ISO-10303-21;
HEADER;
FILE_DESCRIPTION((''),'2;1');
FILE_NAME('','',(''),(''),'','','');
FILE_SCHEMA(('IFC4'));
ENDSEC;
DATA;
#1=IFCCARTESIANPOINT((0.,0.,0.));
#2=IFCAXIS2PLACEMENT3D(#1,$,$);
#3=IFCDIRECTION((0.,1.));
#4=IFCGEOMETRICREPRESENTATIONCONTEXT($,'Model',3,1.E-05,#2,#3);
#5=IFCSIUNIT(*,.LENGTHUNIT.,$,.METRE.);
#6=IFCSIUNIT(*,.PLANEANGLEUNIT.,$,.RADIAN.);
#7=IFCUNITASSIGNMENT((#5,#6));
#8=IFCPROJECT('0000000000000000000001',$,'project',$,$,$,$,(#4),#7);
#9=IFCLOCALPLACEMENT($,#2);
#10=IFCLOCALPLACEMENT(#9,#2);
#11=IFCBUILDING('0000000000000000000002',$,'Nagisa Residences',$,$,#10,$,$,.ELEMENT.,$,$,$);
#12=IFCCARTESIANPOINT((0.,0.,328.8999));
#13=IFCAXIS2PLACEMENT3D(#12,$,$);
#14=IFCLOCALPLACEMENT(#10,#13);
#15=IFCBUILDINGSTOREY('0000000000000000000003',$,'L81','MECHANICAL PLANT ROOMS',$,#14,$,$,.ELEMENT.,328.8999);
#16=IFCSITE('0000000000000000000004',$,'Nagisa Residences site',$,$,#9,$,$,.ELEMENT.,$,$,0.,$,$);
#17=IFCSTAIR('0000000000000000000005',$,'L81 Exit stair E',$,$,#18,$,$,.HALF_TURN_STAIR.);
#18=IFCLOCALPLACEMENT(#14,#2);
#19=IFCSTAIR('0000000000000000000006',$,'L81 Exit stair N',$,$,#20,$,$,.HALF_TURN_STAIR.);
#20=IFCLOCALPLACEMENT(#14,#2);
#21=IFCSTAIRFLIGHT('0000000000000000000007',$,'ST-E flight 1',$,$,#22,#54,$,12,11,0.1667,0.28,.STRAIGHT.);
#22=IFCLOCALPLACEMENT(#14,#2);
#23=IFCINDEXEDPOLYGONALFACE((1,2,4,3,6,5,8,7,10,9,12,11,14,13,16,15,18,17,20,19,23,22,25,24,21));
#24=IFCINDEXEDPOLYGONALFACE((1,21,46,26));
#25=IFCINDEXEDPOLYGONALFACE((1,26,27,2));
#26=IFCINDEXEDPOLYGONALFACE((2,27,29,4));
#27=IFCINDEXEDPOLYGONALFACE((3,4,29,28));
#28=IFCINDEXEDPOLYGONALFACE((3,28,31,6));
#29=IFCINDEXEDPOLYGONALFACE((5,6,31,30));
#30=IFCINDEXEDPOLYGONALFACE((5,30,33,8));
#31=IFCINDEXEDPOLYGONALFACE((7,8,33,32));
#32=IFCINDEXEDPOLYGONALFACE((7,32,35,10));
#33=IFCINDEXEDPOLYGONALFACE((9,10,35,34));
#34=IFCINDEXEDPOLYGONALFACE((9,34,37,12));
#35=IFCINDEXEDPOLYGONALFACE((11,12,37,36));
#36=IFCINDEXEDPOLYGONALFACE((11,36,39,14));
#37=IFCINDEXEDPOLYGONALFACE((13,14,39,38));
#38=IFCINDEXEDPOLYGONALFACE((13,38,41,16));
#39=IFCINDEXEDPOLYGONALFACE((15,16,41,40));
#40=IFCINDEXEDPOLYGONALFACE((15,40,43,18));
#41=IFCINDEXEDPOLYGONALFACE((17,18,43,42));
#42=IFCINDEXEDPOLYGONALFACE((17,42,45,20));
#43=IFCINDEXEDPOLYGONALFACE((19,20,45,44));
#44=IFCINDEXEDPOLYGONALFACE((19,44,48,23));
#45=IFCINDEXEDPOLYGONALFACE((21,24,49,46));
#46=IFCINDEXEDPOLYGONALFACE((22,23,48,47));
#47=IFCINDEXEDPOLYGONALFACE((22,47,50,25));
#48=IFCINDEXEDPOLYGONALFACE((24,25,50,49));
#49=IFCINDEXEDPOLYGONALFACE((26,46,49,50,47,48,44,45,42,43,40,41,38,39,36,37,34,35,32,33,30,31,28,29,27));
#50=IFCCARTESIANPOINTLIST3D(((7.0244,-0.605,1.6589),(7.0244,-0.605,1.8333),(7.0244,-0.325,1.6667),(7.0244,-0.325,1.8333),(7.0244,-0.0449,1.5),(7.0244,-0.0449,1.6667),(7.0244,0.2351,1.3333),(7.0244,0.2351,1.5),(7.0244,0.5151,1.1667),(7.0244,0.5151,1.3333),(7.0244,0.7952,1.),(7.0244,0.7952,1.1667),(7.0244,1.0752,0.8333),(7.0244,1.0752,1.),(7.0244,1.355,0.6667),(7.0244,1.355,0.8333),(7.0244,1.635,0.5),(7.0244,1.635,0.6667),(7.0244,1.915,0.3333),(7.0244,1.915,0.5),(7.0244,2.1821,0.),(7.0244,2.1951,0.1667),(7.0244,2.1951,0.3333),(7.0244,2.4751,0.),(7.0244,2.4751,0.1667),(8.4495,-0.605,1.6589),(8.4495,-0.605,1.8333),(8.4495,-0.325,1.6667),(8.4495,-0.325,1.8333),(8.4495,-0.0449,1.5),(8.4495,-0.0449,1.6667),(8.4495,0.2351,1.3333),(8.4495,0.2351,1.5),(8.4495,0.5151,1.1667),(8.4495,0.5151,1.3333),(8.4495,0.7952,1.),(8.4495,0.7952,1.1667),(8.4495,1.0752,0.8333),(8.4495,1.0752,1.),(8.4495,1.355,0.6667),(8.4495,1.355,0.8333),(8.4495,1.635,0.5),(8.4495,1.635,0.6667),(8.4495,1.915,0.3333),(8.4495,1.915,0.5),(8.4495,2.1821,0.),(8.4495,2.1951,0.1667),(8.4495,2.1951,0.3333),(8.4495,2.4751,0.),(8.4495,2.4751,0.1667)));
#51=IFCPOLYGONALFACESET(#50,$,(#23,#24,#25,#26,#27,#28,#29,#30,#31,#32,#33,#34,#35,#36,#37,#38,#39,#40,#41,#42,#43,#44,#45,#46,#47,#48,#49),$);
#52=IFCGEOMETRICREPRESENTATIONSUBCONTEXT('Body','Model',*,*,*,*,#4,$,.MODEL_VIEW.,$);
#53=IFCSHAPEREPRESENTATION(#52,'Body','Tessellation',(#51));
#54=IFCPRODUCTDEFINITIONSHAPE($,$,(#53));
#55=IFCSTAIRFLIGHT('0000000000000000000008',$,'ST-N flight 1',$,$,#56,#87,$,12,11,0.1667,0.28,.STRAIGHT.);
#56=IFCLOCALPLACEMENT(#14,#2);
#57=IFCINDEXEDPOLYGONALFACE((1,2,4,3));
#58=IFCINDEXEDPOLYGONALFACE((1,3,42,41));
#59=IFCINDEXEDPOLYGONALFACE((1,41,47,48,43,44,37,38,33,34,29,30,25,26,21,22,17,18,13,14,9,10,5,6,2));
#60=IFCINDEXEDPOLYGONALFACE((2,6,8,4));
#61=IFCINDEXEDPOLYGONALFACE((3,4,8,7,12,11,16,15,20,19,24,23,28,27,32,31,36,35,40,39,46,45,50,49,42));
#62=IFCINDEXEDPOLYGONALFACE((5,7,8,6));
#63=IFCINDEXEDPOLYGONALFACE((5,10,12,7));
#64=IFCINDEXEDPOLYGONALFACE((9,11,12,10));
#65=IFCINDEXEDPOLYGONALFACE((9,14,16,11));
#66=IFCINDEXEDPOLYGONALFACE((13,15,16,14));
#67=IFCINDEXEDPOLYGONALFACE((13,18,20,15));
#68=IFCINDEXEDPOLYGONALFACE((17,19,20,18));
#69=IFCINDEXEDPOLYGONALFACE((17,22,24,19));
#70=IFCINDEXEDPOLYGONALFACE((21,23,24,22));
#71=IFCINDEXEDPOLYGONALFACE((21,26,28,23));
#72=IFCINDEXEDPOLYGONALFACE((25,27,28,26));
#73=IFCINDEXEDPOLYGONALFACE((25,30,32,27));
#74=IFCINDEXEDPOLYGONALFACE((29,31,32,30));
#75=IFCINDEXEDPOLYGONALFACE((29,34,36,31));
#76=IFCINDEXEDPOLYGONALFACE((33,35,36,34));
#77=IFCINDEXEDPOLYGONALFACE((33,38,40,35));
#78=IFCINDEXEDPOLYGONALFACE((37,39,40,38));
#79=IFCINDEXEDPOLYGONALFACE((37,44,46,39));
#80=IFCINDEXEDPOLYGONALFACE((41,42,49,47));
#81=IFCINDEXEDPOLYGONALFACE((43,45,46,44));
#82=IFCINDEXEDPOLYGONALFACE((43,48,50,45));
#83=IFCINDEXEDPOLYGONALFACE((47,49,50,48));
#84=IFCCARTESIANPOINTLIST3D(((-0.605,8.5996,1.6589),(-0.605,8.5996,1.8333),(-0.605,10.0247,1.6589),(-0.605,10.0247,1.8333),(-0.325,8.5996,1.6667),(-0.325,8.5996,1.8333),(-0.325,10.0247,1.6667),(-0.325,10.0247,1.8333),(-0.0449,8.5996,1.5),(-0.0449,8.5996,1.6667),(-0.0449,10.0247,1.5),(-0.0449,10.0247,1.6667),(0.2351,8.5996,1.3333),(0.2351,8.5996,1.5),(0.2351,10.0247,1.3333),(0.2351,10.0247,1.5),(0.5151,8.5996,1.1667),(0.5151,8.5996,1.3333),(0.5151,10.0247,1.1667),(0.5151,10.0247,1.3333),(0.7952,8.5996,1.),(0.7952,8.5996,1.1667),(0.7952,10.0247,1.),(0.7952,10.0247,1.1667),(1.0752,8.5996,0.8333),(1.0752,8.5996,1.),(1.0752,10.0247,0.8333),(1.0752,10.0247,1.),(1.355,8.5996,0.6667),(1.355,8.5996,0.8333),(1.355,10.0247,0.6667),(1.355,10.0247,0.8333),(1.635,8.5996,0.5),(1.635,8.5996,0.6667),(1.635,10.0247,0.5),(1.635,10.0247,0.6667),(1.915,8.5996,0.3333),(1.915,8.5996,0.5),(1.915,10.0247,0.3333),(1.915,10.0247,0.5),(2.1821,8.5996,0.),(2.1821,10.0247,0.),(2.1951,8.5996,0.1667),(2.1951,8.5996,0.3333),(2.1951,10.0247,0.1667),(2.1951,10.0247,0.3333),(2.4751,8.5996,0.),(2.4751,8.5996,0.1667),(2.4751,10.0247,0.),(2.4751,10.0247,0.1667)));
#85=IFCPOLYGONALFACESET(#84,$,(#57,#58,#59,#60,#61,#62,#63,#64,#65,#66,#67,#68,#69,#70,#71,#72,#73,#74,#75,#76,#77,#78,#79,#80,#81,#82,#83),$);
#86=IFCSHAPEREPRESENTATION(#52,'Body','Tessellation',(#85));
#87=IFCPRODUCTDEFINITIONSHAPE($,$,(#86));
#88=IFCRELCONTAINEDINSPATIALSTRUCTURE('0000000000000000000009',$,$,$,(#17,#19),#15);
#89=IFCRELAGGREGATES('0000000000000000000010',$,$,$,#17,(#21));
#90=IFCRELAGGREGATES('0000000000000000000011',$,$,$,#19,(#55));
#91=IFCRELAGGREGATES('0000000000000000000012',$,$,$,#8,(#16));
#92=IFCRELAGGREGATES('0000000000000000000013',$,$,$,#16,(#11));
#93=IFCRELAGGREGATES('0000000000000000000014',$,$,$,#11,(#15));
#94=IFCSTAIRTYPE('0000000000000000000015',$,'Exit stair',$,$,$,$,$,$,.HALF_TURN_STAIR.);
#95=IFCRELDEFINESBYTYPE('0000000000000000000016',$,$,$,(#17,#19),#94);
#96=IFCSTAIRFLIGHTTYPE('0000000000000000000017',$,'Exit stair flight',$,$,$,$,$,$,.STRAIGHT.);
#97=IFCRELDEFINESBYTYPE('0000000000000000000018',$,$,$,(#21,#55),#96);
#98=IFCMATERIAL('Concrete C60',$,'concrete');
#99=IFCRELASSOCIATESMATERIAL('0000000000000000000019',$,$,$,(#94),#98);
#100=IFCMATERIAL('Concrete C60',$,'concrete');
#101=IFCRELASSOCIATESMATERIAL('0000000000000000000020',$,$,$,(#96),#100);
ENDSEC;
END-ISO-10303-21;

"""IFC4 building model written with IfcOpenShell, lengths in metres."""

from ifc_helpers import new_model, si_unit, direction, frame, origin, place, context, subcontext, project, spatial, polyline, outline, extrude, material, type_object, element, aggregate, save


model = new_model("IFC4")

# Units and contexts
model_context = context("Model", 3, precision=1e-05, world=origin(), true_north=direction((0.0, 1.0)))
body_context = subcontext(model_context, "Body", "Model", "MODEL_VIEW")
ifc_project = project(units=[si_unit("LENGTHUNIT", "METRE"), si_unit("PLANEANGLEUNIT", "RADIAN")], contexts=[model_context])

# Site, building, storey
site_placement = place(None, origin())
site = spatial("IfcSite", under=ifc_project, at=site_placement, Name="Nagisa Residences site", CompositionType="ELEMENT", RefElevation=0.0)
building_placement = place(site_placement, origin())
building = spatial("IfcBuilding", under=site, at=building_placement, Name="Nagisa Residences", CompositionType="ELEMENT")
storey_placement = place(building_placement, frame((0.0, 0.0, 328.8999)))
storey = spatial("IfcBuildingStorey", under=building, at=storey_placement, Name="L81", Description="MECHANICAL PLANT ROOMS", CompositionType="ELEMENT", Elevation=328.8999)

# Stairs
ifc_material_1 = material(Name="Concrete C60", Category="concrete")
stair_type = type_object("IfcStairType", Name="Exit stair", PredefinedType="HALF_TURN_STAIR", material=ifc_material_1)
stair_1_placement = place(storey_placement, origin())
stair_1 = element("IfcStair", 1, at=stair_1_placement, inside=storey, type_object=stair_type, Name="L81 Exit stair E", PredefinedType="HALF_TURN_STAIR")
stair_2_placement = place(storey_placement, origin())
stair_2 = element("IfcStair", 2, at=stair_2_placement, inside=storey, type_object=stair_type, Name="L81 Exit stair N", PredefinedType="HALF_TURN_STAIR")

# Stair flights
ifc_material_2 = material(Name="Concrete C60", Category="concrete")
stair_flight_type = type_object("IfcStairFlightType", Name="Exit stair flight", PredefinedType="STRAIGHT", material=ifc_material_2)
stair_flight_1_placement = place(storey_placement, frame((7.7371, 2.4751, 0.0), z_axis=(0.0, 0.0, 1.0), x_axis=(0.0, -1.0, 0.0)))
stair_flight_1 = element("IfcStairFlight", 3, at=stair_flight_1_placement, type_object=stair_flight_type, Name="ST-E flight 1", NumberOfRisers=12, NumberOfTreads=11, PredefinedType="STRAIGHT", RiserHeight=0.1667, TreadLength=0.28, context=body_context, shape_type="SweptSolid", body=[
    extrude(outline(polyline([(0.0, 0.0), (0.0, 0.1667), (0.28, 0.1667), (0.28, 0.3333), (0.5601, 0.3333), (0.5601, 0.5), (0.8401, 0.5), (0.8401, 0.6667), (1.1201, 0.6667), (1.1201, 0.8333), (1.3999, 0.8333), (1.3999, 1.0), (1.6799, 1.0), (1.6799, 1.1667), (1.96, 1.1667), (1.96, 1.3333), (2.24, 1.3333), (2.24, 1.5), (2.52, 1.5), (2.52, 1.6667), (2.8, 1.6667), (2.8, 1.8333), (3.0801, 1.8333), (3.0801, 2.0), (3.0801, 1.6589), (0.293, 0.0), (0.0, 0.0)])), frame((0.0, 0.7124, 0.0), z_axis=(0.0, -1.0, 0.0), x_axis=(1.0, 0.0, 0.0)), (0.0, 0.0, 1.0), 1.425),
])
aggregate(stair_1, [stair_flight_1])
stair_flight_2_placement = place(storey_placement, frame((2.4751, 9.312, 0.0), z_axis=(0.0, 0.0, 1.0), x_axis=(-1.0, 0.0, 0.0)))
stair_flight_2 = element("IfcStairFlight", 4, at=stair_flight_2_placement, type_object=stair_flight_type, Name="ST-N flight 1", NumberOfRisers=12, NumberOfTreads=11, PredefinedType="STRAIGHT", RiserHeight=0.1667, TreadLength=0.28, context=body_context, shape_type="SweptSolid", body=[
    extrude(outline(polyline([(0.0, 0.0), (0.0, 0.1667), (0.28, 0.1667), (0.28, 0.3333), (0.5601, 0.3333), (0.5601, 0.5), (0.8401, 0.5), (0.8401, 0.6667), (1.1201, 0.6667), (1.1201, 0.8333), (1.3999, 0.8333), (1.3999, 1.0), (1.6799, 1.0), (1.6799, 1.1667), (1.96, 1.1667), (1.96, 1.3333), (2.24, 1.3333), (2.24, 1.5), (2.52, 1.5), (2.52, 1.6667), (2.8, 1.6667), (2.8, 1.8333), (3.0801, 1.8333), (3.0801, 2.0), (3.0801, 1.6589), (0.293, 0.0), (0.0, 0.0)])), frame((0.0, 0.7124, 0.0), z_axis=(0.0, -1.0, 0.0), x_axis=(1.0, 0.0, 0.0)), (0.0, 0.0, 1.0), 1.425),
])
aggregate(stair_2, [stair_flight_2])

save(model, "model.ifc")
